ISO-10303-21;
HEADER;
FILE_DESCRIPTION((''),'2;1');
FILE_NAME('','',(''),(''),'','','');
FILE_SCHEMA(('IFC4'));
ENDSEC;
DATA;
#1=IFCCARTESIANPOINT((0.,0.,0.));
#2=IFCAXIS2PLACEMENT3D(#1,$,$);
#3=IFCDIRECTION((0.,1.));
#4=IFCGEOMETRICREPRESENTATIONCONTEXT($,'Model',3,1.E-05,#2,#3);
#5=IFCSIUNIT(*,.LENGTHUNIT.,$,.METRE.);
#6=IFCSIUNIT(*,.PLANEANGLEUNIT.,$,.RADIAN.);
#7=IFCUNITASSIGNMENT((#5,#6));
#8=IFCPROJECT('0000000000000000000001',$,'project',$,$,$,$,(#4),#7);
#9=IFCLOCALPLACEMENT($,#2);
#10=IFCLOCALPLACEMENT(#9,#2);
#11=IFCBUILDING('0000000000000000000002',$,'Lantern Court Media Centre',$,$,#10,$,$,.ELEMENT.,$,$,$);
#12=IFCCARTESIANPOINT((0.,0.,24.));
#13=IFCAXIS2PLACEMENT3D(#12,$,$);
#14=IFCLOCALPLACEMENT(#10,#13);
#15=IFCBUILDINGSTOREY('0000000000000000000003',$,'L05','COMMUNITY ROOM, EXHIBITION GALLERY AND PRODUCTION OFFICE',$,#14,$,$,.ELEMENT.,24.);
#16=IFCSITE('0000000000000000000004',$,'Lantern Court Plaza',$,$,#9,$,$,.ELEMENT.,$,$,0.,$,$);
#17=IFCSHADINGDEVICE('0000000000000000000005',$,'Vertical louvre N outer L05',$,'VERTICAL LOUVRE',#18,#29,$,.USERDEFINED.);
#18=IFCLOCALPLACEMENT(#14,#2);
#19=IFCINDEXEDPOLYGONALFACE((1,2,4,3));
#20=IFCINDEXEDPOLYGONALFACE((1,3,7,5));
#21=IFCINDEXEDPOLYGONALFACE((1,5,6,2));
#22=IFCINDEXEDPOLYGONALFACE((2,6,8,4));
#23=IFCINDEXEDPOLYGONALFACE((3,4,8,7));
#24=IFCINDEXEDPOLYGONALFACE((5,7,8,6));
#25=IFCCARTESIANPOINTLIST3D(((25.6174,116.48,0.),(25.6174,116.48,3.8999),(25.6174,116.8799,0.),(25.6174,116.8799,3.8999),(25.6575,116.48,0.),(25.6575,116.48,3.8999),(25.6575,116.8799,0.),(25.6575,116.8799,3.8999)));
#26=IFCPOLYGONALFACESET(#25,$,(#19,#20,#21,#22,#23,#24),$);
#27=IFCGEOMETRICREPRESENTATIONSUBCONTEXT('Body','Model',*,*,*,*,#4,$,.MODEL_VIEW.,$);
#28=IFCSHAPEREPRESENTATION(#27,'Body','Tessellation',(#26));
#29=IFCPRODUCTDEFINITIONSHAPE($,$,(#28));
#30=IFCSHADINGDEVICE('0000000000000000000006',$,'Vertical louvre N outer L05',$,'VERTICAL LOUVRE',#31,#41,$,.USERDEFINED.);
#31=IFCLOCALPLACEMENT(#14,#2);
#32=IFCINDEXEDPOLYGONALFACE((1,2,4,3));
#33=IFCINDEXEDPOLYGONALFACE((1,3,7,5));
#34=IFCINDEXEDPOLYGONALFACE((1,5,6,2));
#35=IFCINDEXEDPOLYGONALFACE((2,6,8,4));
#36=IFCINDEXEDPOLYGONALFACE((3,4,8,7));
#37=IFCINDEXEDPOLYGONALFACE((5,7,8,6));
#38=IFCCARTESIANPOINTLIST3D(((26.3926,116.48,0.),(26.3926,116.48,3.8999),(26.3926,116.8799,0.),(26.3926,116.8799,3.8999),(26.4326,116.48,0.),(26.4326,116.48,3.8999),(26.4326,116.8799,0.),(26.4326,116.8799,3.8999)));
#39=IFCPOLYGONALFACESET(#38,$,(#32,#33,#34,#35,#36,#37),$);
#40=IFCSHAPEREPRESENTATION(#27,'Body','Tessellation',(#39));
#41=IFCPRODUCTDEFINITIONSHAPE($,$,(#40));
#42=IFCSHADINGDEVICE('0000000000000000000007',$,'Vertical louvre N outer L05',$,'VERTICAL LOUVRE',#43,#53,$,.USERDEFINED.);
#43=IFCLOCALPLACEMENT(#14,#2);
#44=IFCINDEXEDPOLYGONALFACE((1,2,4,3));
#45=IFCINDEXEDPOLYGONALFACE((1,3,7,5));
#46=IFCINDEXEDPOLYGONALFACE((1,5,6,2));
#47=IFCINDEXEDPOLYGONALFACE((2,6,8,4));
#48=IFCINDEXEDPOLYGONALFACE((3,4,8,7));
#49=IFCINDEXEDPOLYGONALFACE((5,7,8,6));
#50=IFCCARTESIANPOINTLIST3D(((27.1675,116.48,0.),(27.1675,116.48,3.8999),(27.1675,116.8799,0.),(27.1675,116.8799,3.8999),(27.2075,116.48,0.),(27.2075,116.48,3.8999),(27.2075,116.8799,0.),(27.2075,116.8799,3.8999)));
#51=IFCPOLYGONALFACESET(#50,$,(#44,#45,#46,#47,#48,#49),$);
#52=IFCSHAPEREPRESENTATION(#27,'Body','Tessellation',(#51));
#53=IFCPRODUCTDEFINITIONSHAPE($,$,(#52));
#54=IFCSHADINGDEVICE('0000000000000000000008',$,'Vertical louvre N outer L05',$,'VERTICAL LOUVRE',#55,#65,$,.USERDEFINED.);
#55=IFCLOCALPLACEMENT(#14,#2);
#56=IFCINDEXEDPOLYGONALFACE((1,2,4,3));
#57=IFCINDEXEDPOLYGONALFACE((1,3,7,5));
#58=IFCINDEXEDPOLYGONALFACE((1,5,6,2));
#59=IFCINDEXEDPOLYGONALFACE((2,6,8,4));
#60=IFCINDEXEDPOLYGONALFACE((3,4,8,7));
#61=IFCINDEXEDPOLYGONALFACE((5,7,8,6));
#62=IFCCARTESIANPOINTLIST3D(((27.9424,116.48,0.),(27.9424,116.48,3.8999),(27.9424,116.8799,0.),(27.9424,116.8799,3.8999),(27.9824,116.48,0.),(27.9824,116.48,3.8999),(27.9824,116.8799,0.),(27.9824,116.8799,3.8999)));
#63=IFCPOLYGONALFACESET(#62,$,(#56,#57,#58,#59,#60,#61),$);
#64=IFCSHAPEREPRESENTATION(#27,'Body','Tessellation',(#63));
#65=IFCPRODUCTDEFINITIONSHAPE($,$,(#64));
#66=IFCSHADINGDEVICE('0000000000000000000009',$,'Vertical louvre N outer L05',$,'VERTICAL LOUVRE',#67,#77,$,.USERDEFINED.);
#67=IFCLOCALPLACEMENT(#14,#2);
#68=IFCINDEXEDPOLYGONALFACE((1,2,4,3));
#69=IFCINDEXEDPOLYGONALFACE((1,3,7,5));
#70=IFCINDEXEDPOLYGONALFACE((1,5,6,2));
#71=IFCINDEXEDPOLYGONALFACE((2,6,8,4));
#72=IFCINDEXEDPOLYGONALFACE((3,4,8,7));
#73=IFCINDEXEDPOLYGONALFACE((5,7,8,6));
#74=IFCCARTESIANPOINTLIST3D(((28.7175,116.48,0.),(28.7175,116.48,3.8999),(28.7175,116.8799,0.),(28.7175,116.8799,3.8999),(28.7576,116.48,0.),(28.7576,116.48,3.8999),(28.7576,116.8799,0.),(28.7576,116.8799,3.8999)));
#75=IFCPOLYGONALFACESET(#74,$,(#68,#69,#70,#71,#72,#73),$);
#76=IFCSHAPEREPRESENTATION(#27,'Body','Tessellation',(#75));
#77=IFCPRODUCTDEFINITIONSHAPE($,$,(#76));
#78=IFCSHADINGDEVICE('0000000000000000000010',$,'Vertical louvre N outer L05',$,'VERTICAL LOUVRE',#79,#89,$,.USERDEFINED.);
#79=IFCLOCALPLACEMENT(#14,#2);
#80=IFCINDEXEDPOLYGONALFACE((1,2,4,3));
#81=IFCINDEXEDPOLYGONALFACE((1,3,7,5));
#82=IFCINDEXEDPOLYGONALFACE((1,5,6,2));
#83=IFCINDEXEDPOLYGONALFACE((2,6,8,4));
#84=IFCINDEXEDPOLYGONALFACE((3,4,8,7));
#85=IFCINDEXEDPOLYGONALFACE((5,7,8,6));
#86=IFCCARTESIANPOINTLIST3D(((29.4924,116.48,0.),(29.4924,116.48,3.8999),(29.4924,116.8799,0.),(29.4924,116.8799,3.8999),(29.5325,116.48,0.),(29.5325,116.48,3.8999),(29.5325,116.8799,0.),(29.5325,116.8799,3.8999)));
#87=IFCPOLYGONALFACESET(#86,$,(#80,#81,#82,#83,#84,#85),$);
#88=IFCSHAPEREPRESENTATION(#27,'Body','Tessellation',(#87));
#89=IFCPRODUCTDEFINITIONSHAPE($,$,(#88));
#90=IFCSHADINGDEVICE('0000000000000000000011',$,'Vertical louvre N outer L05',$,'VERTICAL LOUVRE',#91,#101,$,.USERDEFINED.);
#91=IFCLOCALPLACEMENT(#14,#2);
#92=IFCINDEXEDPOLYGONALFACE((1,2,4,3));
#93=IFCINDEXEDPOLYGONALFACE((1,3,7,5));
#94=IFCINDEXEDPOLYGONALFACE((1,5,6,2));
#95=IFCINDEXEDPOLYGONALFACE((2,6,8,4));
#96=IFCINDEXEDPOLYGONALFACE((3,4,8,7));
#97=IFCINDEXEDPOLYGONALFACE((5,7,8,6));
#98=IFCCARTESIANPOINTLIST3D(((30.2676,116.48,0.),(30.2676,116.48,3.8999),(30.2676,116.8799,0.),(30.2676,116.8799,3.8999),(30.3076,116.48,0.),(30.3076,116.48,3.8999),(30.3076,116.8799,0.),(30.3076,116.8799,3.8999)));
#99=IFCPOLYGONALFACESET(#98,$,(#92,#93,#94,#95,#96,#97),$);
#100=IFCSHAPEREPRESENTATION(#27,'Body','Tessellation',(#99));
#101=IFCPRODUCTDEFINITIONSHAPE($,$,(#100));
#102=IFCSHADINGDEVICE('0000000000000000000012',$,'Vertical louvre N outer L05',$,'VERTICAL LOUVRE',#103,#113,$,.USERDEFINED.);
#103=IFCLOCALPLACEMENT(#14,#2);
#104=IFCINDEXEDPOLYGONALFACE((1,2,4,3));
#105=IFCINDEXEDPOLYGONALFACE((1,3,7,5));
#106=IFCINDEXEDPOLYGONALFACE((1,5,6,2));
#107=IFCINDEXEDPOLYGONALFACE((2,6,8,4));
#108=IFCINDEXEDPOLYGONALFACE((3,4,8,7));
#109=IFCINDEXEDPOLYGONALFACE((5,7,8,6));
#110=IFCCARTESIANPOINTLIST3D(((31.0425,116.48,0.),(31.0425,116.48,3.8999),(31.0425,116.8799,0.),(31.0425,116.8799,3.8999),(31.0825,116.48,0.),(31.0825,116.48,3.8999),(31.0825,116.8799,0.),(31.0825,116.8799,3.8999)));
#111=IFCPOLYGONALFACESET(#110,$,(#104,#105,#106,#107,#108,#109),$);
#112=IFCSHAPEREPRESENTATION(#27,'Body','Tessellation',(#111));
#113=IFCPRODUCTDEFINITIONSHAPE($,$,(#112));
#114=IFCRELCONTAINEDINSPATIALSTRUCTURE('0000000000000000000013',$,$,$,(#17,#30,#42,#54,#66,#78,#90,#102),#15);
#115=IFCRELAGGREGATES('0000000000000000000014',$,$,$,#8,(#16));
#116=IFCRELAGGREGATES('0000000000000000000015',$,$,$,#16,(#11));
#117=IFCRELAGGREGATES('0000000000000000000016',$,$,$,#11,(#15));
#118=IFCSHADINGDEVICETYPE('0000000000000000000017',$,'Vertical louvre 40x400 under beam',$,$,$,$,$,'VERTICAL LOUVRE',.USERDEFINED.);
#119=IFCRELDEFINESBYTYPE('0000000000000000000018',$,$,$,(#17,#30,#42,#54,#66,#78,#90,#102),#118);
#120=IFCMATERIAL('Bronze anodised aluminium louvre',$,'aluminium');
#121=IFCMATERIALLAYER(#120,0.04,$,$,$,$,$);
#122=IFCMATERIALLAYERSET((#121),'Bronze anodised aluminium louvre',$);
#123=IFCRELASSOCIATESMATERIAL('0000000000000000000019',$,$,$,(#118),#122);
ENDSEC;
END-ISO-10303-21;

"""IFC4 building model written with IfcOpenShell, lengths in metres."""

from ifc_helpers import new_model, si_unit, direction, frame, origin, origin_2d, place, context, subcontext, project, spatial, rectangle, extrude, material, layer, layer_set, type_object, element, save


model = new_model("IFC4")

# Units and contexts
model_context = context("Model", 3, precision=1e-05, world=origin(), true_north=direction((0.0, 1.0)))
body_context = subcontext(model_context, "Body", "Model", "MODEL_VIEW")
ifc_project = project(units=[si_unit("LENGTHUNIT", "METRE"), si_unit("PLANEANGLEUNIT", "RADIAN")], contexts=[model_context])

# Site, building, storey
site_placement = place(None, origin())
site = spatial("IfcSite", under=ifc_project, at=site_placement, Name="Lantern Court Plaza", CompositionType="ELEMENT", RefElevation=0.0)
building_placement = place(site_placement, origin())
building = spatial("IfcBuilding", under=site, at=building_placement, Name="Lantern Court Media Centre", CompositionType="ELEMENT")
storey_placement = place(building_placement, frame((0.0, 0.0, 24.0)))
storey = spatial("IfcBuildingStorey", under=building, at=storey_placement, Name="L05", Description="COMMUNITY ROOM, EXHIBITION GALLERY AND PRODUCTION OFFICE", CompositionType="ELEMENT", Elevation=24.0)

# Shading devices
ifc_material_1 = material(Name="Bronze anodised aluminium louvre", Category="aluminium")
ifc_layer_1 = layer(ifc_material_1, 0.04)
ifc_layer_set_1 = layer_set([ifc_layer_1], Name="Bronze anodised aluminium louvre")
shading_device_type = type_object("IfcShadingDeviceType", Name="Vertical louvre 40x400 under beam", ElementType="VERTICAL LOUVRE", PredefinedType="USERDEFINED", material=ifc_layer_set_1)
for number, where, z_axis, x_axis, name in (
    (1, (25.6375, 116.6799, 0.0), (0.0, 0.0, 1.0), (1.0, 0.0, 0.0), "Vertical louvre N outer L05"),
    (2, (26.4126, 116.6799, 0.0), (0.0, 0.0, 1.0), (1.0, 0.0, 0.0), "Vertical louvre N outer L05"),
    (3, (27.1875, 116.6799, 0.0), (0.0, 0.0, 1.0), (1.0, 0.0, 0.0), "Vertical louvre N outer L05"),
    (4, (27.9624, 116.6799, 0.0), (0.0, 0.0, 1.0), (1.0, 0.0, 0.0), "Vertical louvre N outer L05"),
    (5, (28.7375, 116.6799, 0.0), (0.0, 0.0, 1.0), (1.0, 0.0, 0.0), "Vertical louvre N outer L05"),
    (6, (29.5125, 116.6799, 0.0), (0.0, 0.0, 1.0), (1.0, 0.0, 0.0), "Vertical louvre N outer L05"),
    (7, (30.2876, 116.6799, 0.0), (0.0, 0.0, 1.0), (1.0, 0.0, 0.0), "Vertical louvre N outer L05"),
    (8, (31.0625, 116.6799, 0.0), (0.0, 0.0, 1.0), (1.0, 0.0, 0.0), "Vertical louvre N outer L05"),
):
    element("IfcShadingDevice", number, at=place(storey_placement, frame(where, z_axis=z_axis, x_axis=x_axis)), inside=storey, type_object=shading_device_type, Name=name, ObjectType="VERTICAL LOUVRE", PredefinedType="USERDEFINED", context=body_context, shape_type="SweptSolid", body=[
        extrude(rectangle(XDim=0.04, YDim=0.3999, at=origin_2d()), origin(), (0.0, 0.0, 1.0), 3.8999),
    ])

save(model, "model.ifc")
